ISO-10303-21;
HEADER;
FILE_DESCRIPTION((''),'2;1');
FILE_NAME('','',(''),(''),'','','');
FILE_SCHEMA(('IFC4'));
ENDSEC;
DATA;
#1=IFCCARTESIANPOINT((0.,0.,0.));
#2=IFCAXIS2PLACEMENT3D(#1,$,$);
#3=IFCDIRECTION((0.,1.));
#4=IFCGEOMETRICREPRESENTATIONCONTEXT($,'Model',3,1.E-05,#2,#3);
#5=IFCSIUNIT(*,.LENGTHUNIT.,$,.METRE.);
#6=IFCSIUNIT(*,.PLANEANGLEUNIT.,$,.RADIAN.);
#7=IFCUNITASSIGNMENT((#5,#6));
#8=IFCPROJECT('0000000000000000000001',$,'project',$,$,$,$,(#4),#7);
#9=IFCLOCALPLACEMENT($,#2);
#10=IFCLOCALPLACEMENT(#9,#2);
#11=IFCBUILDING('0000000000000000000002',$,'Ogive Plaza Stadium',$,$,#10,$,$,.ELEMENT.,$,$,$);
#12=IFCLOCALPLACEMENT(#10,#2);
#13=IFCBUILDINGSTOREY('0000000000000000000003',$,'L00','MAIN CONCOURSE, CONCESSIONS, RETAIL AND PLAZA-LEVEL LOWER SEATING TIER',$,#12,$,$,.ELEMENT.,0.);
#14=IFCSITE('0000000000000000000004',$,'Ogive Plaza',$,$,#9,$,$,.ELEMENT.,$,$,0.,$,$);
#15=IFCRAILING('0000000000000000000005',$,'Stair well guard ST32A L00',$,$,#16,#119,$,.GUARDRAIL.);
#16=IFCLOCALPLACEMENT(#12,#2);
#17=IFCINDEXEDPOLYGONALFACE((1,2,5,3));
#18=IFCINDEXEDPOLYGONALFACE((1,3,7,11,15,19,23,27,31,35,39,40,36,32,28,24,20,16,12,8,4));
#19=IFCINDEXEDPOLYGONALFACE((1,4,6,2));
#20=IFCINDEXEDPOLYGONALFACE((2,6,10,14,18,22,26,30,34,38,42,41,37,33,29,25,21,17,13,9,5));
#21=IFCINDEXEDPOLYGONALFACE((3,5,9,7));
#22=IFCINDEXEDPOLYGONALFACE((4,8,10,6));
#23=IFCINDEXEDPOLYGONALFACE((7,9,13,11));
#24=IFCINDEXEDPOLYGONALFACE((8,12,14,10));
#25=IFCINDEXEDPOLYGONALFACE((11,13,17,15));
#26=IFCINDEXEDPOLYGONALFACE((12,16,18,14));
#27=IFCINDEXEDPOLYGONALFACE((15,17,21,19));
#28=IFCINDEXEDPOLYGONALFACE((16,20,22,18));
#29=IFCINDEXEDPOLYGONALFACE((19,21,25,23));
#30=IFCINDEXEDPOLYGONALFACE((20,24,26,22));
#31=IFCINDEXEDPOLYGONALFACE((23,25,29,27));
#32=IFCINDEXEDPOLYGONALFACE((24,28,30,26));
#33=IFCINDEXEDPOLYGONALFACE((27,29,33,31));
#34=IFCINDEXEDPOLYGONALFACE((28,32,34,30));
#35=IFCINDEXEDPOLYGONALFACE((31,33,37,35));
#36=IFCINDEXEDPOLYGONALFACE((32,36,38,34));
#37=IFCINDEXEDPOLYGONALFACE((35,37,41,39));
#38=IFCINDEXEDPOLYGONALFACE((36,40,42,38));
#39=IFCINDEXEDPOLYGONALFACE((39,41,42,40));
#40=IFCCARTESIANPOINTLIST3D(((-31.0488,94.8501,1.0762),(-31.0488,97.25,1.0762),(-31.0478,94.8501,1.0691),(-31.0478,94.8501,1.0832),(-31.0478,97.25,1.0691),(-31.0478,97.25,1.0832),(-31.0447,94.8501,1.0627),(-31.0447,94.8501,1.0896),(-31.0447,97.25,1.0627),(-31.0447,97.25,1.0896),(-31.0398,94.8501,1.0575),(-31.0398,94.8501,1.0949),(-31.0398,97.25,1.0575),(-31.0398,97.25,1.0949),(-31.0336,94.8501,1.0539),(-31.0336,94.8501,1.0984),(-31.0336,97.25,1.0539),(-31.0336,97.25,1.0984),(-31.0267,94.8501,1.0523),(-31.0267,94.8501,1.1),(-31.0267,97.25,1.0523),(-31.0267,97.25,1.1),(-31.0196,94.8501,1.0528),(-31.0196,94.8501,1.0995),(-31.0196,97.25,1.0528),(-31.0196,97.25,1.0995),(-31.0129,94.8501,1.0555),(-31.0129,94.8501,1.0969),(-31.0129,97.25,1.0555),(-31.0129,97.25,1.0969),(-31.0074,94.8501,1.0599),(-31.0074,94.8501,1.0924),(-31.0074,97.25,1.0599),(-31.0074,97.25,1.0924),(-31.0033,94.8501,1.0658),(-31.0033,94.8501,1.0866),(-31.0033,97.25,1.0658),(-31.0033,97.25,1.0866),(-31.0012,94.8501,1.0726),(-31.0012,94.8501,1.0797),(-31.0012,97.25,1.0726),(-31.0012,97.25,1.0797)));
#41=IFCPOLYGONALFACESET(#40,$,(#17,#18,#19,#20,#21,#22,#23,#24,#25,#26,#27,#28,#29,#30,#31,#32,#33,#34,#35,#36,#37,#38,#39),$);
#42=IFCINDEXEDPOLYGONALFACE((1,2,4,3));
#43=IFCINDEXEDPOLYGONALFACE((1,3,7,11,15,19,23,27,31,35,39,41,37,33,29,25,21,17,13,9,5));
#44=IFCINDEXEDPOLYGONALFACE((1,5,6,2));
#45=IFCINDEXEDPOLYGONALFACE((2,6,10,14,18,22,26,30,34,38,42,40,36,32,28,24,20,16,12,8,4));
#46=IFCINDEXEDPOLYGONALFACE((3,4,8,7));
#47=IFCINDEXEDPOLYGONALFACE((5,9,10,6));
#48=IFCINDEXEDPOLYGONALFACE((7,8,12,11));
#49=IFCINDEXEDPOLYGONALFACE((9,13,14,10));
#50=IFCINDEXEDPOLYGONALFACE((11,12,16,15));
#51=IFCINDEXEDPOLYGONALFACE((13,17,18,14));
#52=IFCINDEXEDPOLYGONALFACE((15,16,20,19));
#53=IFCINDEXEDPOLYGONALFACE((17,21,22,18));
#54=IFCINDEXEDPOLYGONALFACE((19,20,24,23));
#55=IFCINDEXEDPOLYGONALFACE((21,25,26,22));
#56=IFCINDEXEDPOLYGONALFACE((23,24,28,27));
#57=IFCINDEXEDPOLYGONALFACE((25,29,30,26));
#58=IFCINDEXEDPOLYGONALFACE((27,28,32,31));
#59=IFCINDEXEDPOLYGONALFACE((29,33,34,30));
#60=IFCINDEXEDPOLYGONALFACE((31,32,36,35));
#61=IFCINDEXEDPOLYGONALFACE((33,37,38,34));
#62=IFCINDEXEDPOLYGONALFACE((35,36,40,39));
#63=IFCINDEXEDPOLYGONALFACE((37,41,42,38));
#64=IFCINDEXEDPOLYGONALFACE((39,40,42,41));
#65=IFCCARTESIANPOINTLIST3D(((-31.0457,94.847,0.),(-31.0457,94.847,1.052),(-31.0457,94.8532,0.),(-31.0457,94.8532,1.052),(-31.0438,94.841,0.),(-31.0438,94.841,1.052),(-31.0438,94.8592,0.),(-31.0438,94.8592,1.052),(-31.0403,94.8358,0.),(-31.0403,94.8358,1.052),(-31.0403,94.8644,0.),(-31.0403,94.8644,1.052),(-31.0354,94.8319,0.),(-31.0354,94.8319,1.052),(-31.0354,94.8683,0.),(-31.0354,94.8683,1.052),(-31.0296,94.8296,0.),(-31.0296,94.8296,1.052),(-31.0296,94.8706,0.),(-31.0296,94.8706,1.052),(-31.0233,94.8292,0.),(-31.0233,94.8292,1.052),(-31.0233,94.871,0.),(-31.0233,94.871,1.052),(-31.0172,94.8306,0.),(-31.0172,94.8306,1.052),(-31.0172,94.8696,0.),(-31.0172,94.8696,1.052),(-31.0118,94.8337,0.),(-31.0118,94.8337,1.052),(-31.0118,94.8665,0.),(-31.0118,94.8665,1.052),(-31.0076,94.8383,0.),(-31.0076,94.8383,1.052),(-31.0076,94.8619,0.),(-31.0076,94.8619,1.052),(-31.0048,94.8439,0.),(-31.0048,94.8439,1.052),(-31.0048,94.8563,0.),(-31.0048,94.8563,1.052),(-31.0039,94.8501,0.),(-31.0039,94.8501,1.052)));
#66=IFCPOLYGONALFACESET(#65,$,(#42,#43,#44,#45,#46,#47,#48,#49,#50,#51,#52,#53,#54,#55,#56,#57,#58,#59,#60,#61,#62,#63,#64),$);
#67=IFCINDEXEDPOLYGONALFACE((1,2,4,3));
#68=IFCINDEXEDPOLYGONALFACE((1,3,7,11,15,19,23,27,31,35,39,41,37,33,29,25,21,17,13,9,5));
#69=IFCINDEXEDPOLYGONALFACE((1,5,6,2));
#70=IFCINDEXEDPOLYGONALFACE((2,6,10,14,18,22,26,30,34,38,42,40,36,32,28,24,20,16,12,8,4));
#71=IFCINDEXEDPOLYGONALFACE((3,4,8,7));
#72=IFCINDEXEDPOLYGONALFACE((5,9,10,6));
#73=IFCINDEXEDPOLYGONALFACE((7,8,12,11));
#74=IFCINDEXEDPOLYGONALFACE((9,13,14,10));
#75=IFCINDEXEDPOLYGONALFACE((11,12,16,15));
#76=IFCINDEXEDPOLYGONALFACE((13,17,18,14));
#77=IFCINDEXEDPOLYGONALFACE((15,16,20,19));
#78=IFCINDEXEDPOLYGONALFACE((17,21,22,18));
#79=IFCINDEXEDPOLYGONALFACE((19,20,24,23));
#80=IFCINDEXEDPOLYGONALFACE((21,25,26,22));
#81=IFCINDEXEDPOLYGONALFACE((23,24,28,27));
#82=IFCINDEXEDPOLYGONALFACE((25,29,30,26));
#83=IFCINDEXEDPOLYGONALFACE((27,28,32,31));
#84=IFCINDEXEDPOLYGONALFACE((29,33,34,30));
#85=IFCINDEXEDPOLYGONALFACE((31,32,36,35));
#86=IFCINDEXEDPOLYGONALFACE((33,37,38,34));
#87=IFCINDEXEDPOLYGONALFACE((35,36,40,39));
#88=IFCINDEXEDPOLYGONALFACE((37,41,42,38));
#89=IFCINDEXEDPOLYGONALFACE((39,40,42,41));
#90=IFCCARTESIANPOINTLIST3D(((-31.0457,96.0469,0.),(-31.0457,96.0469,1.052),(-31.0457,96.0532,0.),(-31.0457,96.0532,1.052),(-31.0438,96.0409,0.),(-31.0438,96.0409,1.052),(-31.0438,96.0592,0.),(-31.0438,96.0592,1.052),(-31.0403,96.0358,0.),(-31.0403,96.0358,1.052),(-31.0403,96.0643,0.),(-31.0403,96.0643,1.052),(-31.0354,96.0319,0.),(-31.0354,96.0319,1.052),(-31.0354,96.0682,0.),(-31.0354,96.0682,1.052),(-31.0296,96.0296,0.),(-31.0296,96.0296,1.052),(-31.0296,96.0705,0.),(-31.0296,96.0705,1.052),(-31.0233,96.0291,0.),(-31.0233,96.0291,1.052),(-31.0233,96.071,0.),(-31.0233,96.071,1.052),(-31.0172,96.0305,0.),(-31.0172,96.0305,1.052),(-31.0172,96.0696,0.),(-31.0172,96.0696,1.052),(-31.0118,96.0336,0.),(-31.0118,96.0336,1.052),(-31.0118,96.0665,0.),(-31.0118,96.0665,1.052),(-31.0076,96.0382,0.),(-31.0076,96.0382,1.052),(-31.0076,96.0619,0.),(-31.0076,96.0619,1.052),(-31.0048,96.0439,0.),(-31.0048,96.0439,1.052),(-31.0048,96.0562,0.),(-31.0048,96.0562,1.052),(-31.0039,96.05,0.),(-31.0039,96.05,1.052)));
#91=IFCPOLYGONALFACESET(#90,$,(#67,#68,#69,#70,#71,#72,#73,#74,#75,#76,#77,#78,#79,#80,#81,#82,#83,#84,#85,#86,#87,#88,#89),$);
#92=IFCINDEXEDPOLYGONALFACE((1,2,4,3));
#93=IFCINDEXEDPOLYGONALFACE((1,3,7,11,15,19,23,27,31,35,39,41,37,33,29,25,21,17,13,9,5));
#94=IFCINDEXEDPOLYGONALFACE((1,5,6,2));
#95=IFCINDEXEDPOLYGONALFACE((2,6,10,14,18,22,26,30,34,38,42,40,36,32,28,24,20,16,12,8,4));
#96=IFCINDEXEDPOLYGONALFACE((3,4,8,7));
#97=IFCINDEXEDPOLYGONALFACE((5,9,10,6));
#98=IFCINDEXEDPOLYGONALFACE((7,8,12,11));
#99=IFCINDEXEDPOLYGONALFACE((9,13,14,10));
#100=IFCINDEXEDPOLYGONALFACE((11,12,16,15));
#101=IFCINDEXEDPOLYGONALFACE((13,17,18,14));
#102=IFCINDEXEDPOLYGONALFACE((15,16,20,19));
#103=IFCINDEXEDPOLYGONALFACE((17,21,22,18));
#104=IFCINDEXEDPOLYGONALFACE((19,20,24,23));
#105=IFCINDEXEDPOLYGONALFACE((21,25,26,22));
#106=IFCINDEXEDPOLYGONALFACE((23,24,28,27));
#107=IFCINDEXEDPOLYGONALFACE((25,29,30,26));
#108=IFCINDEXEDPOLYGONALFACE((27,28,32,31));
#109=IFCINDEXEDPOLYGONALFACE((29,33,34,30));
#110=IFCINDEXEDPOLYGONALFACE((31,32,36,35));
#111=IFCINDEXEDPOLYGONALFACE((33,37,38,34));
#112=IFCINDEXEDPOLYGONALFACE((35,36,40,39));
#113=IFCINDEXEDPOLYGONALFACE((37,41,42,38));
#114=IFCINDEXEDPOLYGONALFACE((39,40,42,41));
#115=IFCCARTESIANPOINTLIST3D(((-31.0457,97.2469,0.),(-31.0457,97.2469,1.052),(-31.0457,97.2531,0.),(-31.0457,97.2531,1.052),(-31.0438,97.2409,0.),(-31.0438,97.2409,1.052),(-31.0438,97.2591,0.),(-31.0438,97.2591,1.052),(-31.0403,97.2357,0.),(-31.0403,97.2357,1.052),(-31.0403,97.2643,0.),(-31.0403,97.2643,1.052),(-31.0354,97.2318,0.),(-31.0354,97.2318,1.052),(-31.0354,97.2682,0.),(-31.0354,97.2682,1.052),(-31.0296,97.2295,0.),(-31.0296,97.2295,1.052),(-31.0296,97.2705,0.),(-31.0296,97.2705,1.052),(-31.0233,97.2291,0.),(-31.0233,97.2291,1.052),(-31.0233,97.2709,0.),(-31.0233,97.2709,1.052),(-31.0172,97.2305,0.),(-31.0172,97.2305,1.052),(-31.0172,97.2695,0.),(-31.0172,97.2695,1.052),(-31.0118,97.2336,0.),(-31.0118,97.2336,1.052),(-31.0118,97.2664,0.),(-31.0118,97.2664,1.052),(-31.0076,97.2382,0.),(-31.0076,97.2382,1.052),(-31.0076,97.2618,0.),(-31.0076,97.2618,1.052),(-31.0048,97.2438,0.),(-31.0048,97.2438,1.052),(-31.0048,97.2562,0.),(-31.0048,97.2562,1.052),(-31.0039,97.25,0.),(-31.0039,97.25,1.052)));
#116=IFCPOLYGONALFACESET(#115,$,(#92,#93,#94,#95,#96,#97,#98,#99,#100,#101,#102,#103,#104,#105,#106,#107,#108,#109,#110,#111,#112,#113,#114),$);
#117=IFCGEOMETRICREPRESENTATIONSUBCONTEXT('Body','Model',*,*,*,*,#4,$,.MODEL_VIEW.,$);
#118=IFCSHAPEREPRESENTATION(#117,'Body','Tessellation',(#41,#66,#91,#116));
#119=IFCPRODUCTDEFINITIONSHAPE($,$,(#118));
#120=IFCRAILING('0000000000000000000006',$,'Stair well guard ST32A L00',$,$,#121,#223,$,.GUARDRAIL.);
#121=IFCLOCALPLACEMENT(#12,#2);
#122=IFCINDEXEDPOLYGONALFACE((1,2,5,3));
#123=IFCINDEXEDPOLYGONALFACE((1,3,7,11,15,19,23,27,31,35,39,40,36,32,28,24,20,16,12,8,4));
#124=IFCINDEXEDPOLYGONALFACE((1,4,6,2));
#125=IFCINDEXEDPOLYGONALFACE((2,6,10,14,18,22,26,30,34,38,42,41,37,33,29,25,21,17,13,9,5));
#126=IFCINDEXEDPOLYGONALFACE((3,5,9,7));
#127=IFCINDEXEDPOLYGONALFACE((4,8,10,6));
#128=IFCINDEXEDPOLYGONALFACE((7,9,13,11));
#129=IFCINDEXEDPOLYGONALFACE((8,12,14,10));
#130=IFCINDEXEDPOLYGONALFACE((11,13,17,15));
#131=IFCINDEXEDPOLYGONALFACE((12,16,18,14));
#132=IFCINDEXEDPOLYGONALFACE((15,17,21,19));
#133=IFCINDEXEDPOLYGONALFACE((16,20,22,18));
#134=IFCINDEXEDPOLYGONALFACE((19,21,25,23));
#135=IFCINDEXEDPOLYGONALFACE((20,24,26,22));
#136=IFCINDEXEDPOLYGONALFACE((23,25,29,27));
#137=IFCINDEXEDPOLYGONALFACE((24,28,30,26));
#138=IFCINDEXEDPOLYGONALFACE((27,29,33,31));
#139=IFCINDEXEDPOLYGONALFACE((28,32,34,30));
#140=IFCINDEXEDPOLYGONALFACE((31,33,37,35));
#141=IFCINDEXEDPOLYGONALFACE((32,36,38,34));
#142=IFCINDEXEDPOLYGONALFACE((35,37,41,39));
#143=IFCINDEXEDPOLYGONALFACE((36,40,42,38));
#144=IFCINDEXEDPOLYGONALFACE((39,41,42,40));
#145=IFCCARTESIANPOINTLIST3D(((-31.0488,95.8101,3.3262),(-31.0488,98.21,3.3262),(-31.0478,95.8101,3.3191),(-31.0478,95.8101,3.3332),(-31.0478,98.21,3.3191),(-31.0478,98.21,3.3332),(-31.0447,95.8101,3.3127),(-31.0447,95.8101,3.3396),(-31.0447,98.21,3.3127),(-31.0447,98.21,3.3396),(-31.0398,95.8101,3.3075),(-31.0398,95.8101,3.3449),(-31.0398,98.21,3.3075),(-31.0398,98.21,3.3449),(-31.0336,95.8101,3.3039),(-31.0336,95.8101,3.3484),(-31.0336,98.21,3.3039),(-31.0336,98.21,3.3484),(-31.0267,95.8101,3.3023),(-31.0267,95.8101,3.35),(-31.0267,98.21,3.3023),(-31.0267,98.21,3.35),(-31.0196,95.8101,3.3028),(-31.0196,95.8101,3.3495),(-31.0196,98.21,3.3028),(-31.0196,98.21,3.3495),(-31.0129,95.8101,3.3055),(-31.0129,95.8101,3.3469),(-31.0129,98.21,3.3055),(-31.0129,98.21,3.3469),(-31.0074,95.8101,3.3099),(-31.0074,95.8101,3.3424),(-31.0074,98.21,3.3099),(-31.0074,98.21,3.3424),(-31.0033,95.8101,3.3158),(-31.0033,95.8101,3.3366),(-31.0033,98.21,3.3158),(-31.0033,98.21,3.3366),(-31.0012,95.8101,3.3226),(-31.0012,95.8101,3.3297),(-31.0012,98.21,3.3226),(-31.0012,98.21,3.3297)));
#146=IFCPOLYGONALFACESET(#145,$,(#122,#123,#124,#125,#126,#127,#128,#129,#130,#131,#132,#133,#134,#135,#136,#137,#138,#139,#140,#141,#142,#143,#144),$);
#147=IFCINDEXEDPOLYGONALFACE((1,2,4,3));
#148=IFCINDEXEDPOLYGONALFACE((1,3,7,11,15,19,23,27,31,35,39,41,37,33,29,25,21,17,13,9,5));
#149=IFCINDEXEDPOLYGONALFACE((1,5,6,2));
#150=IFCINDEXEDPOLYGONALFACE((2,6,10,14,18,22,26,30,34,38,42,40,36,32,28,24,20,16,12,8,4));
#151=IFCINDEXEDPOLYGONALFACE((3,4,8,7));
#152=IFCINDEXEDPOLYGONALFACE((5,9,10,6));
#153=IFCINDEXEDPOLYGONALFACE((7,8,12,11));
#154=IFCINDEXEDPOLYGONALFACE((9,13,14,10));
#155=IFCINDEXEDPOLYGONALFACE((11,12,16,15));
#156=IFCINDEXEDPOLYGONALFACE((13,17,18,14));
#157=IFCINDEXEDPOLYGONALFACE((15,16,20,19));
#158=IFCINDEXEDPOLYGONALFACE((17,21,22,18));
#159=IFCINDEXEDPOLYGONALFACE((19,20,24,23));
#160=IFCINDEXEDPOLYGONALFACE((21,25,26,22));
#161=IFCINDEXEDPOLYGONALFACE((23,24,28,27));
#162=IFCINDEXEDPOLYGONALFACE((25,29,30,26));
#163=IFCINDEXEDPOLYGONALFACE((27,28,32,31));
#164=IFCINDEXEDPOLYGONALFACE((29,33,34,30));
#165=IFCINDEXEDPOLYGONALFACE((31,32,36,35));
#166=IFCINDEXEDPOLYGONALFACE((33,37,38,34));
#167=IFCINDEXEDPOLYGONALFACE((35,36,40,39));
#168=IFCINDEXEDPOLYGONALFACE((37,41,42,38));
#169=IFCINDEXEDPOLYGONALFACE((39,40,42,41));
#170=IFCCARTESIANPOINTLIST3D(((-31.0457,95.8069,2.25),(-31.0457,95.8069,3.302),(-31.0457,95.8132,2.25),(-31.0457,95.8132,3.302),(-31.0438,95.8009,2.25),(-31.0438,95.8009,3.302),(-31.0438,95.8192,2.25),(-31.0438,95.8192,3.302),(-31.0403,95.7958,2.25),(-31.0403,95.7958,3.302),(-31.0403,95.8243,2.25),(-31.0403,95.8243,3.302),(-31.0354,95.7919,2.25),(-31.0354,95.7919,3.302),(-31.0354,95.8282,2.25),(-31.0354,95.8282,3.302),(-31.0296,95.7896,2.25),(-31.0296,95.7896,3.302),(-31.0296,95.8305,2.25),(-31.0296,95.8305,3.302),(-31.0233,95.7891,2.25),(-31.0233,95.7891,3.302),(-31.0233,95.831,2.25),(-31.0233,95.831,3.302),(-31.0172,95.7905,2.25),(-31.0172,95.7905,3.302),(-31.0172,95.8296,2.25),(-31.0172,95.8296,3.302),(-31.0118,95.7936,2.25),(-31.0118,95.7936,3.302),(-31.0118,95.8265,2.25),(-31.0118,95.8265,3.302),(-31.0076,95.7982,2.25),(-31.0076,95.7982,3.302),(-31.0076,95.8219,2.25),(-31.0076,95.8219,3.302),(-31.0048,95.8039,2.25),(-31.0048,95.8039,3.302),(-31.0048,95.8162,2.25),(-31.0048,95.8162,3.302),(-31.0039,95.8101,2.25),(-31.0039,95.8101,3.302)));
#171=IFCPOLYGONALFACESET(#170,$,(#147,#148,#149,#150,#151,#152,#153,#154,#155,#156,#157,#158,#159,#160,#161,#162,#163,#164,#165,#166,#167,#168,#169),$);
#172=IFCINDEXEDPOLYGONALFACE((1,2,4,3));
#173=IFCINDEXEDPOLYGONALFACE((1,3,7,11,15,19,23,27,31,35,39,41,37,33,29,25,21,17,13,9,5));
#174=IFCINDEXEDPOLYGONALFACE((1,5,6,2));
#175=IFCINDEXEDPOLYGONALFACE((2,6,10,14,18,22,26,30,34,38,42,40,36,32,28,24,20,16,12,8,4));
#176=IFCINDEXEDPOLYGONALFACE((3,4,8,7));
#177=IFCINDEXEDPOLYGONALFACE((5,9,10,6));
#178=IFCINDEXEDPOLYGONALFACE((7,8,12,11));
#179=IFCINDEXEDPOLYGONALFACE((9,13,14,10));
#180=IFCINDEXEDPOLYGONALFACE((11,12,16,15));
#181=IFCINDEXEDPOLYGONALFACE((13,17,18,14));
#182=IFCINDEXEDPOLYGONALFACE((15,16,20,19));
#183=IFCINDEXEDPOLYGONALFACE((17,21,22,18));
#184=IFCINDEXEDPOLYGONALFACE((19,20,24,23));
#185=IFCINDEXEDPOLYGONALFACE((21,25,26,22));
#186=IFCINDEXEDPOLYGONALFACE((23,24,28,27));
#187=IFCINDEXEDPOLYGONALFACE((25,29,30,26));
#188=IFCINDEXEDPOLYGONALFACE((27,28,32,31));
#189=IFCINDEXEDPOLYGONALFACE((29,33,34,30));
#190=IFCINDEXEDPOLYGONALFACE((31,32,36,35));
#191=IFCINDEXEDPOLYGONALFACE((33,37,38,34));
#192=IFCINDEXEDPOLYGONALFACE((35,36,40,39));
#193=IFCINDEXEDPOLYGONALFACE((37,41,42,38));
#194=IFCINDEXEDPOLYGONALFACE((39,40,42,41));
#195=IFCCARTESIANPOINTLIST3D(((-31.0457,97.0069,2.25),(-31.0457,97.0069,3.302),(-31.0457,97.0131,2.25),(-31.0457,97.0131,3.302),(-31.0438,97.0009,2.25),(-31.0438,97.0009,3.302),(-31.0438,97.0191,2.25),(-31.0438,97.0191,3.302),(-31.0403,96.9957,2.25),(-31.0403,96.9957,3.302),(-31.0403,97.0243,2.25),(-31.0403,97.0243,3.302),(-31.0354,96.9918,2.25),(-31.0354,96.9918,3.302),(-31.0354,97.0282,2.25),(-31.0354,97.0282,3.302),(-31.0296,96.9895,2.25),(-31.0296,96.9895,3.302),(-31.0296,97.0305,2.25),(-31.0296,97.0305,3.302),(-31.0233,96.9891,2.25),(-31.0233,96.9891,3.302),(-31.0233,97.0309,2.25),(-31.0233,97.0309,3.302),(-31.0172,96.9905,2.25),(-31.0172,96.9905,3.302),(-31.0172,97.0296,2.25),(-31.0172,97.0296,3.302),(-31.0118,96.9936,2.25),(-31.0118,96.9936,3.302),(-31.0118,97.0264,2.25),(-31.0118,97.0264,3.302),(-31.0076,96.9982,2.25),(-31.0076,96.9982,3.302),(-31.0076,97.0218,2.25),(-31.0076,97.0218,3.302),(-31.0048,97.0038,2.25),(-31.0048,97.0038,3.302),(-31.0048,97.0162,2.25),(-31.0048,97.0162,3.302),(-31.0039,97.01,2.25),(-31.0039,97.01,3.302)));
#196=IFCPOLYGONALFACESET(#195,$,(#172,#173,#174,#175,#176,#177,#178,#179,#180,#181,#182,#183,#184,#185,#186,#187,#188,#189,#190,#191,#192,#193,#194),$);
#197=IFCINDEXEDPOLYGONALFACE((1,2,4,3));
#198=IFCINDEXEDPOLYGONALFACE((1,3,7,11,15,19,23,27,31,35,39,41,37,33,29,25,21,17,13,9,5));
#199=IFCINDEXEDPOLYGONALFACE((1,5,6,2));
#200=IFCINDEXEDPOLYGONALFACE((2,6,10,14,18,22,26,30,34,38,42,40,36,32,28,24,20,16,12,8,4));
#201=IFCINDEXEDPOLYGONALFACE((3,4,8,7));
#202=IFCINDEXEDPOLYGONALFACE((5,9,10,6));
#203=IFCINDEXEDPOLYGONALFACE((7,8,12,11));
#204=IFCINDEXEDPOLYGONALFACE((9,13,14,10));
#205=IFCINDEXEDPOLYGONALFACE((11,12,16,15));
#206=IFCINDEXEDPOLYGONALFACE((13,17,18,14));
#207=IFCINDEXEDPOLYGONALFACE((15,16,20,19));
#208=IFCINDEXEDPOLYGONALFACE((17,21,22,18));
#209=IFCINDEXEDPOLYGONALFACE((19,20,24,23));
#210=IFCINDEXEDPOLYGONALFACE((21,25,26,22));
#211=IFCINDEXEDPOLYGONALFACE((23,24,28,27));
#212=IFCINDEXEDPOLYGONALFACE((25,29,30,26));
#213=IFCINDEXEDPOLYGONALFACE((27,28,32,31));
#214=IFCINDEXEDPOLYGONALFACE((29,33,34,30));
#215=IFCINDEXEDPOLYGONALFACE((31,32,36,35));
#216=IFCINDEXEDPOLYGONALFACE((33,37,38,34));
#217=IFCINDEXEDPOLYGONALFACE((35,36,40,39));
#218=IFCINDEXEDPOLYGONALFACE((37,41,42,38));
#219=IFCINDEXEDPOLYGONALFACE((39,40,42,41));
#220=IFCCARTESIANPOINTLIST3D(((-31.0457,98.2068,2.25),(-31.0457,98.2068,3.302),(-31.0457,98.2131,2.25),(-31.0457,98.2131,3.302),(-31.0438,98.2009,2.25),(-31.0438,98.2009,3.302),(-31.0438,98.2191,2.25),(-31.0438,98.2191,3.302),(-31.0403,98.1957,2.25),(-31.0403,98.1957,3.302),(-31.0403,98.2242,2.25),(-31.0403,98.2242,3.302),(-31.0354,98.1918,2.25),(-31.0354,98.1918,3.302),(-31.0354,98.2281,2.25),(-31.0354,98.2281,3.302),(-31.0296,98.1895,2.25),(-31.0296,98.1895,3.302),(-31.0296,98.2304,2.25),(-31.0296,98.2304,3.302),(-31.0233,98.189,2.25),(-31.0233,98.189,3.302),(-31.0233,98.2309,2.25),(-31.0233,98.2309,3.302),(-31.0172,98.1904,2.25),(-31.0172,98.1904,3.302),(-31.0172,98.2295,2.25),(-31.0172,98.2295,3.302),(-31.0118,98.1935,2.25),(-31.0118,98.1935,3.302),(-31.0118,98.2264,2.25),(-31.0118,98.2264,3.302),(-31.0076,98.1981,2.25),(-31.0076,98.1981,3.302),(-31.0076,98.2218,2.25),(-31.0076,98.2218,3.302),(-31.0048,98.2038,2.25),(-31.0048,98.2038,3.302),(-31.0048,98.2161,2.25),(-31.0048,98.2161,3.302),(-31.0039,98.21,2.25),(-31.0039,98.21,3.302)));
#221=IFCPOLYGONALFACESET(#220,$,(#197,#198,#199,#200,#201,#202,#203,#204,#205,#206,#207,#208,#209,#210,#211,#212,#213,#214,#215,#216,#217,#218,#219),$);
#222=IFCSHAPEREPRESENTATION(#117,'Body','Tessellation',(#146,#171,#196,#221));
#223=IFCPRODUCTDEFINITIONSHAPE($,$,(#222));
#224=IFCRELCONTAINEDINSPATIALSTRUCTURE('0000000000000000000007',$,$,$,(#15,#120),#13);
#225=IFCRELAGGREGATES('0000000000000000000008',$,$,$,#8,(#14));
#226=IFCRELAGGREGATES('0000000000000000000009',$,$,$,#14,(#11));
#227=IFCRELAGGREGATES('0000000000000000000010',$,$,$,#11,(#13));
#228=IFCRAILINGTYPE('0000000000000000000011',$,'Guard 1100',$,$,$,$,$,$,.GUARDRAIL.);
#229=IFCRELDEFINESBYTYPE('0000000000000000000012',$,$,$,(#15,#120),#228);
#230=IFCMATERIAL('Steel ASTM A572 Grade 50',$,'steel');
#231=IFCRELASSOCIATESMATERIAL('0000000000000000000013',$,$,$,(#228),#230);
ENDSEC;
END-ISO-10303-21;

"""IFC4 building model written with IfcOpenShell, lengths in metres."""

from ifc_helpers import new_model, si_unit, direction, frame, origin, origin_2d, place, context, subcontext, project, spatial, circle, extrude, material, type_object, element, save


model = new_model("IFC4")

# Units and contexts
model_context = context("Model", 3, precision=1e-05, world=origin(), true_north=direction((0.0, 1.0)))
body_context = subcontext(model_context, "Body", "Model", "MODEL_VIEW")
ifc_project = project(units=[si_unit("LENGTHUNIT", "METRE"), si_unit("PLANEANGLEUNIT", "RADIAN")], contexts=[model_context])

# Site, building, storey
site_placement = place(None, origin())
site = spatial("IfcSite", under=ifc_project, at=site_placement, Name="Ogive Plaza", CompositionType="ELEMENT", RefElevation=0.0)
building_placement = place(site_placement, origin())
building = spatial("IfcBuilding", under=site, at=building_placement, Name="Ogive Plaza Stadium", CompositionType="ELEMENT")
storey_placement = place(building_placement, origin())
storey = spatial("IfcBuildingStorey", under=building, at=storey_placement, Name="L00", Description="MAIN CONCOURSE, CONCESSIONS, RETAIL AND PLAZA-LEVEL LOWER SEATING TIER", CompositionType="ELEMENT", Elevation=0.0)

# Railings
ifc_material_1 = material(Name="Steel ASTM A572 Grade 50", Category="steel")
railing_type_1 = type_object("IfcRailingType", Name="Guard 1100", PredefinedType="GUARDRAIL", material=ifc_material_1)
for number, where, name in (
    (1, (-31.0249, 94.8501, 0.0), "Stair well guard ST32A L00"),
    (2, (-31.0249, 95.8101, 2.25), "Stair well guard ST32A L00"),
):
    element("IfcRailing", number, at=place(storey_placement, frame(where)), inside=storey, type_object=railing_type_1, Name=name, PredefinedType="GUARDRAIL", context=body_context, shape_type="SweptSolid", body=[
        extrude(circle(Radius=0.0239, at=origin_2d()), frame((0.0, 0.0, 1.0762), z_axis=(0.0, 1.0, 0.0), x_axis=(-1.0, 0.0, 0.0)), (0.0, 0.0, 1.0), 2.3999),
        extrude(circle(Radius=0.021, at=origin_2d()), origin(), (0.0, 0.0, 1.0), 1.052),
        extrude(circle(Radius=0.021, at=origin_2d()), frame((0.0, 1.2, 0.0)), (0.0, 0.0, 1.0), 1.052),
        extrude(circle(Radius=0.021, at=origin_2d()), frame((0.0, 2.3999, 0.0)), (0.0, 0.0, 1.0), 1.052),
    ])

save(model, "model.ifc")
